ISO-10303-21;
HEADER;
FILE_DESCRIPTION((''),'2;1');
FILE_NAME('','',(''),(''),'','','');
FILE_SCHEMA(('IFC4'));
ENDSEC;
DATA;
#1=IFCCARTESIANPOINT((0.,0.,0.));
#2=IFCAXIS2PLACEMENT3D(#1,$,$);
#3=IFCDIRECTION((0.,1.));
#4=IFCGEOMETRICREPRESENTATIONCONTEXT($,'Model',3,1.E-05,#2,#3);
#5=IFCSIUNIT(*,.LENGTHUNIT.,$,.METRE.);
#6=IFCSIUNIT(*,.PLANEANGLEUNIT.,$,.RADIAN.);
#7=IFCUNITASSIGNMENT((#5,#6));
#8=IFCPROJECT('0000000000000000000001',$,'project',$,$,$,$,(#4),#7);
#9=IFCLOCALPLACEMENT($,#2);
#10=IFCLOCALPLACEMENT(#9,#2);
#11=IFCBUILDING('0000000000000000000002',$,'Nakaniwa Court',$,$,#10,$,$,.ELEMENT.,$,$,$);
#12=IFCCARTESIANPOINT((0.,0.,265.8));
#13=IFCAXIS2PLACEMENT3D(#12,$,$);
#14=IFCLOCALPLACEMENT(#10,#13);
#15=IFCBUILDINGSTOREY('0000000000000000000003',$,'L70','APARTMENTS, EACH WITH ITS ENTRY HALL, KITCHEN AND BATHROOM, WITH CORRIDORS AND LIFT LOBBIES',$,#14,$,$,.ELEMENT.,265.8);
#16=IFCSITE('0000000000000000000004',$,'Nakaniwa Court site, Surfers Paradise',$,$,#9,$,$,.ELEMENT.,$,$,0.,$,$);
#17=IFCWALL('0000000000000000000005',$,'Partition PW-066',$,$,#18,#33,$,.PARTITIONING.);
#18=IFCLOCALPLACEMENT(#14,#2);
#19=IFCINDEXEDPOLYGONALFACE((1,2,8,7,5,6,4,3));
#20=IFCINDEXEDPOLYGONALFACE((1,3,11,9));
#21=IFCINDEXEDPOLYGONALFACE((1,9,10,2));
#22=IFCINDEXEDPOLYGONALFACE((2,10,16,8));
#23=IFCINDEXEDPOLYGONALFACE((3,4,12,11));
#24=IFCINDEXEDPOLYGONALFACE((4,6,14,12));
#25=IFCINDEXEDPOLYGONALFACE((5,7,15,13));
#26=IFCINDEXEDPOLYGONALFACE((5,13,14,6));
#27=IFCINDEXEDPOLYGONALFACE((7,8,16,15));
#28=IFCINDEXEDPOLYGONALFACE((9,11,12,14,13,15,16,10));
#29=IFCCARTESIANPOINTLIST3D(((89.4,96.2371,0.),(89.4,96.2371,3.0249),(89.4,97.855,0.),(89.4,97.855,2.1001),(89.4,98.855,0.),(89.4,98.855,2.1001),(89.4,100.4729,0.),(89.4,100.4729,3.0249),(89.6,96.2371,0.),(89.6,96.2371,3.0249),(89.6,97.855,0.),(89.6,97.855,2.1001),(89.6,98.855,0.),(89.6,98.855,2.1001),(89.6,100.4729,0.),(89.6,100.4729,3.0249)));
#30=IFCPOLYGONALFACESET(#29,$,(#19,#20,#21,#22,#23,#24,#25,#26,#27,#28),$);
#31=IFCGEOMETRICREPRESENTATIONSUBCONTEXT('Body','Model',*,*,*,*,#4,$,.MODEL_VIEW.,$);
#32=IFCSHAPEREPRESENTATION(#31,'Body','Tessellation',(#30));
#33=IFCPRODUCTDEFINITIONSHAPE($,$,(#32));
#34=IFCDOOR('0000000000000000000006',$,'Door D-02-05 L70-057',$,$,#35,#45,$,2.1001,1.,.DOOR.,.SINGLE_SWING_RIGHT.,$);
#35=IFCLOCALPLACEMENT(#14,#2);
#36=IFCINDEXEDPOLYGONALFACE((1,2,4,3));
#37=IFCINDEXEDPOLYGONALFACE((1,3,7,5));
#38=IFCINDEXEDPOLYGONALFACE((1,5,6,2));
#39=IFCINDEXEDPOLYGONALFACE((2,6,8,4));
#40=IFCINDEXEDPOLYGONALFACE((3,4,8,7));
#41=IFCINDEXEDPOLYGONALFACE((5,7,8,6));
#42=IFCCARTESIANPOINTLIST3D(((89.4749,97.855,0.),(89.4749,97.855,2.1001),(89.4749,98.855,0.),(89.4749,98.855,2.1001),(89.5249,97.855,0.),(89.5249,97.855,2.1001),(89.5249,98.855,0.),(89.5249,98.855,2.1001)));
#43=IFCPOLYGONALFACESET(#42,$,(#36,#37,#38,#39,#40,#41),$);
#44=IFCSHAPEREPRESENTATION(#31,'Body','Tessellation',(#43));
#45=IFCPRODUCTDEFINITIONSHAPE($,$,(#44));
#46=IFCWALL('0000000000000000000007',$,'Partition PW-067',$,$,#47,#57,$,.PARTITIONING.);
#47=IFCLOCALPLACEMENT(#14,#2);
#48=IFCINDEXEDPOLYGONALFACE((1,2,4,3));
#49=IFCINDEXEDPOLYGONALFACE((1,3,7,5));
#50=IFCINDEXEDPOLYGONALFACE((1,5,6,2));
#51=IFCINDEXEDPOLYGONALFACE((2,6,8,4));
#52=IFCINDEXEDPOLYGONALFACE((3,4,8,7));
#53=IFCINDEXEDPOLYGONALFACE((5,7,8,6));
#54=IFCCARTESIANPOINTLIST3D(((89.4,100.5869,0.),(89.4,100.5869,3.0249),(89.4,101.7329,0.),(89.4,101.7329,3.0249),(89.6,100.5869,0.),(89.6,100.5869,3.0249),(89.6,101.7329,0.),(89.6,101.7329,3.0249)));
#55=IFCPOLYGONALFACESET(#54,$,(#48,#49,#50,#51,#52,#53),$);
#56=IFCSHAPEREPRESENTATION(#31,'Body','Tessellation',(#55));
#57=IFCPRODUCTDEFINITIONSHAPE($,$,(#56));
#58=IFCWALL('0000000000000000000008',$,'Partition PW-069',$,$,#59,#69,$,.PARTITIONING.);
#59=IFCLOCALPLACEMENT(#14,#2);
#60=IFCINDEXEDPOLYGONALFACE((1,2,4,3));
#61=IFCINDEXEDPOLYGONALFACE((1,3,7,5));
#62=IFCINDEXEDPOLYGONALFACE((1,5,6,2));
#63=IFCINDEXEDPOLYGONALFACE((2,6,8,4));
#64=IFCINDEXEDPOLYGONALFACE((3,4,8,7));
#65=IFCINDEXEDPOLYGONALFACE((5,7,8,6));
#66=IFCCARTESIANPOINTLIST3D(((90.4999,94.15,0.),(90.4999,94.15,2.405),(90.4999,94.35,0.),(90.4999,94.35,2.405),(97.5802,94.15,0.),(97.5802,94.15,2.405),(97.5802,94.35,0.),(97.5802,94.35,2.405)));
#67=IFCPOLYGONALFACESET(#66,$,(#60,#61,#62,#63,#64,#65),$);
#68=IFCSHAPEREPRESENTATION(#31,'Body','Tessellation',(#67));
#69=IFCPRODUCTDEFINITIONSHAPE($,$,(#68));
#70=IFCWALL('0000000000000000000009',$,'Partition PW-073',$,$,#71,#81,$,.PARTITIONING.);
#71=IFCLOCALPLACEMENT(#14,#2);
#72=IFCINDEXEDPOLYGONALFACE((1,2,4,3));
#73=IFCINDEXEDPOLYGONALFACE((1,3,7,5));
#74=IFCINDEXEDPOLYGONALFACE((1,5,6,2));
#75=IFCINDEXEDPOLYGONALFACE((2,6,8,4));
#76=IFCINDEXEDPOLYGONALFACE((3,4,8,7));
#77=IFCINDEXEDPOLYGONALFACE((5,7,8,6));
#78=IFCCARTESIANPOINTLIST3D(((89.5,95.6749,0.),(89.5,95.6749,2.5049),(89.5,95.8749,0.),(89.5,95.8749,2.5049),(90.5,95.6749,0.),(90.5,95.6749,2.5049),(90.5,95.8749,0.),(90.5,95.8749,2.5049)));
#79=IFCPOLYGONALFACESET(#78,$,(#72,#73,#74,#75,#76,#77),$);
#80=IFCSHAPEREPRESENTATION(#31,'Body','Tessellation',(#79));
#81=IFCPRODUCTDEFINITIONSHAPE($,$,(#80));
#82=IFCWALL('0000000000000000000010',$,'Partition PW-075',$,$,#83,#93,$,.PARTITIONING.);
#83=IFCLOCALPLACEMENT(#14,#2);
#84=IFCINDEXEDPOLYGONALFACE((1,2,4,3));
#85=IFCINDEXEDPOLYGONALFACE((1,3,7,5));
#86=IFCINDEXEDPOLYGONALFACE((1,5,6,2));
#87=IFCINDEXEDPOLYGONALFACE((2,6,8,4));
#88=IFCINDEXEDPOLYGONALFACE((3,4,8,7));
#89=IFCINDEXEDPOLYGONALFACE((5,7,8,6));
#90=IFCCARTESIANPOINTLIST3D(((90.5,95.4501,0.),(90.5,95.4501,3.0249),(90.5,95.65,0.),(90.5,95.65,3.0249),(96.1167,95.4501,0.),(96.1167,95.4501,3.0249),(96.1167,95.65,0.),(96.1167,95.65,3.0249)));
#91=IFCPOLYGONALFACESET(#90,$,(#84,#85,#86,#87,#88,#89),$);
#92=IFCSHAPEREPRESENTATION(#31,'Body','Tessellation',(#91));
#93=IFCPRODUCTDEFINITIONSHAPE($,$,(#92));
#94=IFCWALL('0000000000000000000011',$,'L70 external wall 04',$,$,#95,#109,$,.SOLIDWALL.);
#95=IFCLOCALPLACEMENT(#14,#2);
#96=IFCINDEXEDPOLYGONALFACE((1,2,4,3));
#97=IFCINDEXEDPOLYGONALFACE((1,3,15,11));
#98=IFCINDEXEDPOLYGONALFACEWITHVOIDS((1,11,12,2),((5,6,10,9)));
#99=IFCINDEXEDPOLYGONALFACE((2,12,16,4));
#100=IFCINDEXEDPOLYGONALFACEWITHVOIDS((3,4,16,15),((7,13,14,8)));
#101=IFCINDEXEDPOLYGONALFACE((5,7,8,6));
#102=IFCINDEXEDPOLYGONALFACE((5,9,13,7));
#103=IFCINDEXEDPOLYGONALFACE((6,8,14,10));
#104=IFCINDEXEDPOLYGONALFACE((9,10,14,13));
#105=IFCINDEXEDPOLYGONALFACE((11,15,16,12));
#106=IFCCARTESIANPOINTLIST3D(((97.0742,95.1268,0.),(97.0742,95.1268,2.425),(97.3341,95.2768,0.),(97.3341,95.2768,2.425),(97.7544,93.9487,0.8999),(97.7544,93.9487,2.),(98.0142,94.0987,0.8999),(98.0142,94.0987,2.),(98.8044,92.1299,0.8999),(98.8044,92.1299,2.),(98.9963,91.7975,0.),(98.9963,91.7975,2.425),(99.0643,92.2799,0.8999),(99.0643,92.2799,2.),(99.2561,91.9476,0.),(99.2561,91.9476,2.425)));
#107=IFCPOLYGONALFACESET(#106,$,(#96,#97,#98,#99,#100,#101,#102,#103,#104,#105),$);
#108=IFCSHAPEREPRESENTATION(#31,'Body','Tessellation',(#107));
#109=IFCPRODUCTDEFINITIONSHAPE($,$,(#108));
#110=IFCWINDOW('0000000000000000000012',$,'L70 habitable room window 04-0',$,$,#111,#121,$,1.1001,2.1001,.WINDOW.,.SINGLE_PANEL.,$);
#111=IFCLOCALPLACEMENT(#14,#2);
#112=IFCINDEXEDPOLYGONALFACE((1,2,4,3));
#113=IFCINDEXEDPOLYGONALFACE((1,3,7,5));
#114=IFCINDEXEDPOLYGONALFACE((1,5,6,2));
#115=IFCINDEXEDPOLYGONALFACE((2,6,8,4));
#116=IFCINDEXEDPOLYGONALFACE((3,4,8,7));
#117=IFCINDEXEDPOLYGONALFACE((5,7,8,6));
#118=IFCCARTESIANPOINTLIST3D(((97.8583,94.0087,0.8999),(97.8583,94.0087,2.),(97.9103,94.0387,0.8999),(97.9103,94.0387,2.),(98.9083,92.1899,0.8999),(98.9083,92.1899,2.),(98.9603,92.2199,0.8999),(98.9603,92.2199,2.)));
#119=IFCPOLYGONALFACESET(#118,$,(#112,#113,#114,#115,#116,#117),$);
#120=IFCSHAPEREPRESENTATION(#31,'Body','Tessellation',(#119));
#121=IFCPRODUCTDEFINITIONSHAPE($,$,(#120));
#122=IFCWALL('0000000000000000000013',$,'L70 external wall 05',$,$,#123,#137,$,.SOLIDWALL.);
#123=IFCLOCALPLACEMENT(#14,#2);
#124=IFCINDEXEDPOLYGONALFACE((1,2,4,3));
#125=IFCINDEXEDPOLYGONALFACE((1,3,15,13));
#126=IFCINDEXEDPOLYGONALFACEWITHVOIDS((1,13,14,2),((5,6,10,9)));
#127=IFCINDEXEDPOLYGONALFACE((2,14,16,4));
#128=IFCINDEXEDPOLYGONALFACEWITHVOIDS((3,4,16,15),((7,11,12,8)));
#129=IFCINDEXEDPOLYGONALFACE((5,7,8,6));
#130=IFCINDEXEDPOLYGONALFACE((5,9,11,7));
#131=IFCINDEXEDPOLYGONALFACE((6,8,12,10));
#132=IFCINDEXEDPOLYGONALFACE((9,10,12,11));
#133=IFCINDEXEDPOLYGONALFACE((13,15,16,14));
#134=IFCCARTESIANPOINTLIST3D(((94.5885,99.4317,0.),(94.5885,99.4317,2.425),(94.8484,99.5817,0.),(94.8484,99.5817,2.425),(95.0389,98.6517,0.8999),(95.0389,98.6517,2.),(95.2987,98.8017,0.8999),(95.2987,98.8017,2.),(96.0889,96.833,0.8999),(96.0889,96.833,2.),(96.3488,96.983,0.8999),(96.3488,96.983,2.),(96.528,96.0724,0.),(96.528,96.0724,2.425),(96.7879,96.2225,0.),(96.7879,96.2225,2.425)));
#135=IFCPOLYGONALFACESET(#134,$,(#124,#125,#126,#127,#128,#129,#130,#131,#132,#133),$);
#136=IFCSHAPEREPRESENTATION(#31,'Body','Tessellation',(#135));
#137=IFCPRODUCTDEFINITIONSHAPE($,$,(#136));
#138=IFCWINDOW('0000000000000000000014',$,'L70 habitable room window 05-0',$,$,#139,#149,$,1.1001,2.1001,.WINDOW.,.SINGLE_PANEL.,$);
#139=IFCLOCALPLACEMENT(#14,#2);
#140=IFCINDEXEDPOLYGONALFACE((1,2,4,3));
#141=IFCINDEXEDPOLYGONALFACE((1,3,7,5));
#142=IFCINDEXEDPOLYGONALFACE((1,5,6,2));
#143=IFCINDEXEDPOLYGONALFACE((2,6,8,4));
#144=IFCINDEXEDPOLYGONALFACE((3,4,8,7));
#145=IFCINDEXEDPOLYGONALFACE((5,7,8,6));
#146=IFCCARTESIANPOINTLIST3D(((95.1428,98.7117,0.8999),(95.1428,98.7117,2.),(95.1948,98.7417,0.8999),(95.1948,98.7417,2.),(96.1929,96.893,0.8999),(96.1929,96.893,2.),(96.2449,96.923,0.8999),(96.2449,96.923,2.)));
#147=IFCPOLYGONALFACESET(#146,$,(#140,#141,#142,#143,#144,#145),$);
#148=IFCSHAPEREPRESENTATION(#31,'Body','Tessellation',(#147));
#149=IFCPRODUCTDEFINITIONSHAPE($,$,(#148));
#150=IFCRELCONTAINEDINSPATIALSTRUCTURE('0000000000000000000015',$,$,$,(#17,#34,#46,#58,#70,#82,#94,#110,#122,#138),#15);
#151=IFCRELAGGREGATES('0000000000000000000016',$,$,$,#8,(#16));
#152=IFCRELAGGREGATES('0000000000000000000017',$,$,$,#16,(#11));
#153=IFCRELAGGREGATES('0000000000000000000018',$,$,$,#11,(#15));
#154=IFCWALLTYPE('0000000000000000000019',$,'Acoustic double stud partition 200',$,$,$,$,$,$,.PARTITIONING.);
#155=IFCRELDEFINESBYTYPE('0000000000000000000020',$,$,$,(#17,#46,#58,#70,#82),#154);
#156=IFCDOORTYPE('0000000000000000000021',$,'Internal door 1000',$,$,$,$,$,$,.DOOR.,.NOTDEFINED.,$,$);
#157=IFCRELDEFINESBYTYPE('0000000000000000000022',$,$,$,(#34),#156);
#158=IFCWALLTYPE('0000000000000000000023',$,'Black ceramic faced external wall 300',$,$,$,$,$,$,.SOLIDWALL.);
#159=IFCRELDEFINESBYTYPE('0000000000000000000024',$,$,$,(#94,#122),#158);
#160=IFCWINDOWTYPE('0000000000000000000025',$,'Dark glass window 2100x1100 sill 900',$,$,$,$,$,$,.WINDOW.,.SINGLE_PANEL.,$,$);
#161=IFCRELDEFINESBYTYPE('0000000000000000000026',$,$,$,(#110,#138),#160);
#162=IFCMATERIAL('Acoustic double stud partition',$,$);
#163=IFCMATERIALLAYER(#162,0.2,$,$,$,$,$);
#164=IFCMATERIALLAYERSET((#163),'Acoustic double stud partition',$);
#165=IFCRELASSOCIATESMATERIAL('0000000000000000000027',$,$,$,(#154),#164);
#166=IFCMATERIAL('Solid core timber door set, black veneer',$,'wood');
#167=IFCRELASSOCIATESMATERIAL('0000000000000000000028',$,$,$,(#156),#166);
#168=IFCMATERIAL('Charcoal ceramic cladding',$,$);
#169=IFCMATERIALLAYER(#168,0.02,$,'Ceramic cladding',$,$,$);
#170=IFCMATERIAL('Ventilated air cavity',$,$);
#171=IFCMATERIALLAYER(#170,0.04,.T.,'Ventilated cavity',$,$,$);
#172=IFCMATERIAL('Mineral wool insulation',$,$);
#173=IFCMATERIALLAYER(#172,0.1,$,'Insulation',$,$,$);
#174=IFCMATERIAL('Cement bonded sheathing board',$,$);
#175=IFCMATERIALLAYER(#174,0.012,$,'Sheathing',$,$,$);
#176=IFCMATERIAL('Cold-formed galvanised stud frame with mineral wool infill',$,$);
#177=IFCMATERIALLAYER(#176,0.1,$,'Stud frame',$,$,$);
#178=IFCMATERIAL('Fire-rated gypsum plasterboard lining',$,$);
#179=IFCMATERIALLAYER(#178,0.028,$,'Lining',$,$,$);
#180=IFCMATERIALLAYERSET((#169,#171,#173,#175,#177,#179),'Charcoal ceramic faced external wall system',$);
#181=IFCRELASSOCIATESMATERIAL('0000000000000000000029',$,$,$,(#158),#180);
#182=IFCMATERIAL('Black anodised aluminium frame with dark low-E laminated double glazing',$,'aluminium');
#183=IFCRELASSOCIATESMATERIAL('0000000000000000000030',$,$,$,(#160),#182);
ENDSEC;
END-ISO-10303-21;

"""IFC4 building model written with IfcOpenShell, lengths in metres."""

from ifc_helpers import new_model, si_unit, direction, frame, frame_2d, origin, place, context, subcontext, project, spatial, rectangle, extrude, material, layer, layer_set, type_object, element, fill, save


model = new_model("IFC4")

# Units and contexts
model_context = context("Model", 3, precision=1e-05, world=origin(), true_north=direction((0.0, 1.0)))
body_context = subcontext(model_context, "Body", "Model", "MODEL_VIEW")
ifc_project = project(units=[si_unit("LENGTHUNIT", "METRE"), si_unit("PLANEANGLEUNIT", "RADIAN")], contexts=[model_context])

# Site, building, storey
site_placement = place(None, origin())
site = spatial("IfcSite", under=ifc_project, at=site_placement, Name="Nakaniwa Court site, Surfers Paradise", CompositionType="ELEMENT", RefElevation=0.0)
building_placement = place(site_placement, origin())
building = spatial("IfcBuilding", under=site, at=building_placement, Name="Nakaniwa Court", CompositionType="ELEMENT")
storey_placement = place(building_placement, frame((0.0, 0.0, 265.8)))
storey = spatial("IfcBuildingStorey", under=building, at=storey_placement, Name="L70", Description="APARTMENTS, EACH WITH ITS ENTRY HALL, KITCHEN AND BATHROOM, WITH CORRIDORS AND LIFT LOBBIES", CompositionType="ELEMENT", Elevation=265.8)

# Wall, opening, door
ifc_material_1 = material(Name="Acoustic double stud partition")
ifc_layer_1 = layer(ifc_material_1, 0.2)
ifc_layer_set_1 = layer_set([ifc_layer_1], Name="Acoustic double stud partition")
wall_type_1 = type_object("IfcWallType", Name="Acoustic double stud partition 200", PredefinedType="PARTITIONING", material=ifc_layer_set_1)
wall_1_placement = place(storey_placement, frame((89.5, 100.4729, 0.0), z_axis=(0.0, 0.0, 1.0), x_axis=(0.0, -1.0, 0.0)))
wall_1 = element("IfcWall", 1, at=wall_1_placement, inside=storey, type_object=wall_type_1, Name="Partition PW-066", PredefinedType="PARTITIONING", context=body_context, shape_type="SweptSolid", body=[
    extrude(rectangle(XDim=4.2358, YDim=0.2, at=frame_2d((2.1179, 0.0))), origin(), (0.0, 0.0, 1.0), 3.0249),
])
opening_1_placement = place(wall_1_placement, frame((1.6179, 0.0, 0.0)))
opening_1 = element("IfcOpeningElement", 2, at=opening_1_placement, cuts=wall_1, PredefinedType="OPENING", context=body_context, shape_type="SweptSolid", body=[
    extrude(rectangle(XDim=1.0, YDim=2.1001, at=frame_2d((0.5, 1.05))), frame((0.0, 0.1099, 0.0), z_axis=(0.0, -1.0, 0.0), x_axis=(1.0, 0.0, 0.0)), (0.0, 0.0, 1.0), 0.22),
])
ifc_material_2 = material(Name="Solid core timber door set, black veneer", Category="wood")
door_type = type_object("IfcDoorType", Name="Internal door 1000", OperationType="NOTDEFINED", PredefinedType="DOOR", material=ifc_material_2)
door_placement = place(opening_1_placement, origin())
door = element("IfcDoor", 3, at=door_placement, inside=storey, type_object=door_type, Name="Door D-02-05 L70-057", OperationType="SINGLE_SWING_RIGHT", OverallHeight=2.1001, OverallWidth=1.0, PredefinedType="DOOR", context=body_context, shape_type="SweptSolid", body=[
    extrude(rectangle(XDim=1.0, YDim=2.1001, at=frame_2d((0.5, 1.05))), frame((0.0, 0.0249, 0.0), z_axis=(0.0, -1.0, 0.0), x_axis=(1.0, 0.0, 0.0)), (0.0, 0.0, 1.0), 0.05),
])
fill(opening_1, door)

# Walls
wall_2_placement = place(storey_placement, frame((89.5, 100.5869, 0.0), z_axis=(0.0, 0.0, 1.0), x_axis=(0.0, 1.0, 0.0)))
element("IfcWall", 4, at=wall_2_placement, inside=storey, type_object=wall_type_1, Name="Partition PW-067", PredefinedType="PARTITIONING", context=body_context, shape_type="SweptSolid", body=[
    extrude(rectangle(XDim=1.146, YDim=0.2, at=frame_2d((0.573, 0.0))), origin(), (0.0, 0.0, 1.0), 3.0249),
])
wall_3_placement = place(storey_placement, frame((90.5, 94.25, 0.0), z_axis=(0.0, 0.0, 1.0), x_axis=(1.0, 0.0, 0.0)))
element("IfcWall", 5, at=wall_3_placement, inside=storey, type_object=wall_type_1, Name="Partition PW-069", PredefinedType="PARTITIONING", context=body_context, shape_type="SweptSolid", body=[
    extrude(rectangle(XDim=7.0803, YDim=0.2, at=frame_2d((3.54, 0.0))), origin(), (0.0, 0.0, 1.0), 2.405),
])
wall_4_placement = place(storey_placement, frame((89.5, 95.7749, 0.0), z_axis=(0.0, 0.0, 1.0), x_axis=(1.0, 0.0, 0.0)))
element("IfcWall", 6, at=wall_4_placement, inside=storey, type_object=wall_type_1, Name="Partition PW-073", PredefinedType="PARTITIONING", context=body_context, shape_type="SweptSolid", body=[
    extrude(rectangle(XDim=1.0, YDim=0.2, at=frame_2d((0.5, 0.0))), origin(), (0.0, 0.0, 1.0), 2.5049),
])
wall_5_placement = place(storey_placement, frame((90.5, 95.55, 0.0), z_axis=(0.0, 0.0, 1.0), x_axis=(1.0, 0.0, 0.0)))
element("IfcWall", 7, at=wall_5_placement, inside=storey, type_object=wall_type_1, Name="Partition PW-075", PredefinedType="PARTITIONING", context=body_context, shape_type="SweptSolid", body=[
    extrude(rectangle(XDim=5.6167, YDim=0.2, at=frame_2d((2.8083, 0.0))), origin(), (0.0, 0.0, 1.0), 3.0249),
])

# Walls, openings, windows
ifc_material_3 = material(Name="Charcoal ceramic cladding")
ifc_layer_2 = layer(ifc_material_3, 0.02, Name="Ceramic cladding")
ifc_material_4 = material(Name="Ventilated air cavity")
ifc_layer_3 = layer(ifc_material_4, 0.04, ventilated=True, Name="Ventilated cavity")
ifc_material_5 = material(Name="Mineral wool insulation")
ifc_layer_4 = layer(ifc_material_5, 0.1, Name="Insulation")
ifc_material_6 = material(Name="Cement bonded sheathing board")
ifc_layer_5 = layer(ifc_material_6, 0.012, Name="Sheathing")
ifc_material_7 = material(Name="Cold-formed galvanised stud frame with mineral wool infill")
ifc_layer_6 = layer(ifc_material_7, 0.1, Name="Stud frame")
ifc_material_8 = material(Name="Fire-rated gypsum plasterboard lining")
ifc_layer_7 = layer(ifc_material_8, 0.028, Name="Lining")
ifc_layer_set_2 = layer_set([ifc_layer_2, ifc_layer_3, ifc_layer_4, ifc_layer_5, ifc_layer_6, ifc_layer_7], Name="Charcoal ceramic faced external wall system")
wall_type_2 = type_object("IfcWallType", Name="Black ceramic faced external wall 300", PredefinedType="SOLIDWALL", material=ifc_layer_set_2)
wall_6_placement = place(storey_placement, frame((99.1262, 91.8726, 0.0), z_axis=(0.0, 0.0, 1.0), x_axis=(-0.499984, 0.866034, 0.0)))
wall_6 = element("IfcWall", 8, at=wall_6_placement, inside=storey, type_object=wall_type_2, Name="L70 external wall 04", PredefinedType="SOLIDWALL", context=body_context, shape_type="SweptSolid", body=[
    extrude(rectangle(XDim=3.8442, YDim=0.3, at=frame_2d((1.9221, 0.0))), origin(), (0.0, 0.0, 1.0), 2.425),
])
opening_2_placement = place(wall_6_placement, frame((0.3838, 0.0, 0.8999)))
opening_2 = element("IfcOpeningElement", 9, at=opening_2_placement, cuts=wall_6, PredefinedType="OPENING", context=body_context, shape_type="SweptSolid", body=[
    extrude(rectangle(XDim=2.1001, YDim=1.1001, at=frame_2d((1.05, 0.55))), frame((0.0, 0.1599, 0.0), z_axis=(0.0, -1.0, 0.0), x_axis=(1.0, 0.0, 0.0)), (0.0, 0.0, 1.0), 0.3201),
])
ifc_material_9 = material(Name="Black anodised aluminium frame with dark low-E laminated double glazing", Category="aluminium")
window_type_1 = type_object("IfcWindowType", Name="Dark glass window 2100x1100 sill 900", PartitioningType="SINGLE_PANEL", PredefinedType="WINDOW", material=ifc_material_9)
window_1_placement = place(opening_2_placement, origin())
window_1 = element("IfcWindow", 10, at=window_1_placement, inside=storey, type_object=window_type_1, Name="L70 habitable room window 04-0", OverallHeight=1.1001, OverallWidth=2.1001, PartitioningType="SINGLE_PANEL", PredefinedType="WINDOW", context=body_context, shape_type="SweptSolid", body=[
    extrude(rectangle(XDim=2.1001, YDim=1.1001, at=frame_2d((1.05, 0.55))), frame((0.0, 0.03, 0.0), z_axis=(0.0, -1.0, 0.0), x_axis=(1.0, 0.0, 0.0)), (0.0, 0.0, 1.0), 0.0601),
])
fill(opening_2, window_1)
wall_7_placement = place(storey_placement, frame((96.658, 96.1475, 0.0), z_axis=(0.0, 0.0, 1.0), x_axis=(-0.500011, 0.866019, 0.0)))
wall_7 = element("IfcWall", 11, at=wall_7_placement, inside=storey, type_object=wall_type_2, Name="L70 external wall 05", PredefinedType="SOLIDWALL", context=body_context, shape_type="SweptSolid", body=[
    extrude(rectangle(XDim=3.8789, YDim=0.3, at=frame_2d((1.9395, 0.0))), origin(), (0.0, 0.0, 1.0), 2.425),
])
opening_3_placement = place(wall_7_placement, frame((0.8782, 0.0, 0.8999)))
opening_3 = element("IfcOpeningElement", 12, at=opening_3_placement, cuts=wall_7, PredefinedType="OPENING", context=body_context, shape_type="SweptSolid", body=[
    extrude(rectangle(XDim=2.1001, YDim=1.1001, at=frame_2d((1.05, 0.55))), frame((0.0, 0.1599, 0.0), z_axis=(0.0, -1.0, 0.0), x_axis=(1.0, 0.0, 0.0)), (0.0, 0.0, 1.0), 0.3201),
])
window_2_placement = place(opening_3_placement, origin())
window_2 = element("IfcWindow", 13, at=window_2_placement, inside=storey, type_object=window_type_1, Name="L70 habitable room window 05-0", OverallHeight=1.1001, OverallWidth=2.1001, PartitioningType="SINGLE_PANEL", PredefinedType="WINDOW", context=body_context, shape_type="SweptSolid", body=[
    extrude(rectangle(XDim=2.1001, YDim=1.1001, at=frame_2d((1.05, 0.55))), frame((0.0, 0.03, 0.0), z_axis=(0.0, -1.0, 0.0), x_axis=(1.0, 0.0, 0.0)), (0.0, 0.0, 1.0), 0.0601),
])
fill(opening_3, window_2)

save(model, "model.ifc")
